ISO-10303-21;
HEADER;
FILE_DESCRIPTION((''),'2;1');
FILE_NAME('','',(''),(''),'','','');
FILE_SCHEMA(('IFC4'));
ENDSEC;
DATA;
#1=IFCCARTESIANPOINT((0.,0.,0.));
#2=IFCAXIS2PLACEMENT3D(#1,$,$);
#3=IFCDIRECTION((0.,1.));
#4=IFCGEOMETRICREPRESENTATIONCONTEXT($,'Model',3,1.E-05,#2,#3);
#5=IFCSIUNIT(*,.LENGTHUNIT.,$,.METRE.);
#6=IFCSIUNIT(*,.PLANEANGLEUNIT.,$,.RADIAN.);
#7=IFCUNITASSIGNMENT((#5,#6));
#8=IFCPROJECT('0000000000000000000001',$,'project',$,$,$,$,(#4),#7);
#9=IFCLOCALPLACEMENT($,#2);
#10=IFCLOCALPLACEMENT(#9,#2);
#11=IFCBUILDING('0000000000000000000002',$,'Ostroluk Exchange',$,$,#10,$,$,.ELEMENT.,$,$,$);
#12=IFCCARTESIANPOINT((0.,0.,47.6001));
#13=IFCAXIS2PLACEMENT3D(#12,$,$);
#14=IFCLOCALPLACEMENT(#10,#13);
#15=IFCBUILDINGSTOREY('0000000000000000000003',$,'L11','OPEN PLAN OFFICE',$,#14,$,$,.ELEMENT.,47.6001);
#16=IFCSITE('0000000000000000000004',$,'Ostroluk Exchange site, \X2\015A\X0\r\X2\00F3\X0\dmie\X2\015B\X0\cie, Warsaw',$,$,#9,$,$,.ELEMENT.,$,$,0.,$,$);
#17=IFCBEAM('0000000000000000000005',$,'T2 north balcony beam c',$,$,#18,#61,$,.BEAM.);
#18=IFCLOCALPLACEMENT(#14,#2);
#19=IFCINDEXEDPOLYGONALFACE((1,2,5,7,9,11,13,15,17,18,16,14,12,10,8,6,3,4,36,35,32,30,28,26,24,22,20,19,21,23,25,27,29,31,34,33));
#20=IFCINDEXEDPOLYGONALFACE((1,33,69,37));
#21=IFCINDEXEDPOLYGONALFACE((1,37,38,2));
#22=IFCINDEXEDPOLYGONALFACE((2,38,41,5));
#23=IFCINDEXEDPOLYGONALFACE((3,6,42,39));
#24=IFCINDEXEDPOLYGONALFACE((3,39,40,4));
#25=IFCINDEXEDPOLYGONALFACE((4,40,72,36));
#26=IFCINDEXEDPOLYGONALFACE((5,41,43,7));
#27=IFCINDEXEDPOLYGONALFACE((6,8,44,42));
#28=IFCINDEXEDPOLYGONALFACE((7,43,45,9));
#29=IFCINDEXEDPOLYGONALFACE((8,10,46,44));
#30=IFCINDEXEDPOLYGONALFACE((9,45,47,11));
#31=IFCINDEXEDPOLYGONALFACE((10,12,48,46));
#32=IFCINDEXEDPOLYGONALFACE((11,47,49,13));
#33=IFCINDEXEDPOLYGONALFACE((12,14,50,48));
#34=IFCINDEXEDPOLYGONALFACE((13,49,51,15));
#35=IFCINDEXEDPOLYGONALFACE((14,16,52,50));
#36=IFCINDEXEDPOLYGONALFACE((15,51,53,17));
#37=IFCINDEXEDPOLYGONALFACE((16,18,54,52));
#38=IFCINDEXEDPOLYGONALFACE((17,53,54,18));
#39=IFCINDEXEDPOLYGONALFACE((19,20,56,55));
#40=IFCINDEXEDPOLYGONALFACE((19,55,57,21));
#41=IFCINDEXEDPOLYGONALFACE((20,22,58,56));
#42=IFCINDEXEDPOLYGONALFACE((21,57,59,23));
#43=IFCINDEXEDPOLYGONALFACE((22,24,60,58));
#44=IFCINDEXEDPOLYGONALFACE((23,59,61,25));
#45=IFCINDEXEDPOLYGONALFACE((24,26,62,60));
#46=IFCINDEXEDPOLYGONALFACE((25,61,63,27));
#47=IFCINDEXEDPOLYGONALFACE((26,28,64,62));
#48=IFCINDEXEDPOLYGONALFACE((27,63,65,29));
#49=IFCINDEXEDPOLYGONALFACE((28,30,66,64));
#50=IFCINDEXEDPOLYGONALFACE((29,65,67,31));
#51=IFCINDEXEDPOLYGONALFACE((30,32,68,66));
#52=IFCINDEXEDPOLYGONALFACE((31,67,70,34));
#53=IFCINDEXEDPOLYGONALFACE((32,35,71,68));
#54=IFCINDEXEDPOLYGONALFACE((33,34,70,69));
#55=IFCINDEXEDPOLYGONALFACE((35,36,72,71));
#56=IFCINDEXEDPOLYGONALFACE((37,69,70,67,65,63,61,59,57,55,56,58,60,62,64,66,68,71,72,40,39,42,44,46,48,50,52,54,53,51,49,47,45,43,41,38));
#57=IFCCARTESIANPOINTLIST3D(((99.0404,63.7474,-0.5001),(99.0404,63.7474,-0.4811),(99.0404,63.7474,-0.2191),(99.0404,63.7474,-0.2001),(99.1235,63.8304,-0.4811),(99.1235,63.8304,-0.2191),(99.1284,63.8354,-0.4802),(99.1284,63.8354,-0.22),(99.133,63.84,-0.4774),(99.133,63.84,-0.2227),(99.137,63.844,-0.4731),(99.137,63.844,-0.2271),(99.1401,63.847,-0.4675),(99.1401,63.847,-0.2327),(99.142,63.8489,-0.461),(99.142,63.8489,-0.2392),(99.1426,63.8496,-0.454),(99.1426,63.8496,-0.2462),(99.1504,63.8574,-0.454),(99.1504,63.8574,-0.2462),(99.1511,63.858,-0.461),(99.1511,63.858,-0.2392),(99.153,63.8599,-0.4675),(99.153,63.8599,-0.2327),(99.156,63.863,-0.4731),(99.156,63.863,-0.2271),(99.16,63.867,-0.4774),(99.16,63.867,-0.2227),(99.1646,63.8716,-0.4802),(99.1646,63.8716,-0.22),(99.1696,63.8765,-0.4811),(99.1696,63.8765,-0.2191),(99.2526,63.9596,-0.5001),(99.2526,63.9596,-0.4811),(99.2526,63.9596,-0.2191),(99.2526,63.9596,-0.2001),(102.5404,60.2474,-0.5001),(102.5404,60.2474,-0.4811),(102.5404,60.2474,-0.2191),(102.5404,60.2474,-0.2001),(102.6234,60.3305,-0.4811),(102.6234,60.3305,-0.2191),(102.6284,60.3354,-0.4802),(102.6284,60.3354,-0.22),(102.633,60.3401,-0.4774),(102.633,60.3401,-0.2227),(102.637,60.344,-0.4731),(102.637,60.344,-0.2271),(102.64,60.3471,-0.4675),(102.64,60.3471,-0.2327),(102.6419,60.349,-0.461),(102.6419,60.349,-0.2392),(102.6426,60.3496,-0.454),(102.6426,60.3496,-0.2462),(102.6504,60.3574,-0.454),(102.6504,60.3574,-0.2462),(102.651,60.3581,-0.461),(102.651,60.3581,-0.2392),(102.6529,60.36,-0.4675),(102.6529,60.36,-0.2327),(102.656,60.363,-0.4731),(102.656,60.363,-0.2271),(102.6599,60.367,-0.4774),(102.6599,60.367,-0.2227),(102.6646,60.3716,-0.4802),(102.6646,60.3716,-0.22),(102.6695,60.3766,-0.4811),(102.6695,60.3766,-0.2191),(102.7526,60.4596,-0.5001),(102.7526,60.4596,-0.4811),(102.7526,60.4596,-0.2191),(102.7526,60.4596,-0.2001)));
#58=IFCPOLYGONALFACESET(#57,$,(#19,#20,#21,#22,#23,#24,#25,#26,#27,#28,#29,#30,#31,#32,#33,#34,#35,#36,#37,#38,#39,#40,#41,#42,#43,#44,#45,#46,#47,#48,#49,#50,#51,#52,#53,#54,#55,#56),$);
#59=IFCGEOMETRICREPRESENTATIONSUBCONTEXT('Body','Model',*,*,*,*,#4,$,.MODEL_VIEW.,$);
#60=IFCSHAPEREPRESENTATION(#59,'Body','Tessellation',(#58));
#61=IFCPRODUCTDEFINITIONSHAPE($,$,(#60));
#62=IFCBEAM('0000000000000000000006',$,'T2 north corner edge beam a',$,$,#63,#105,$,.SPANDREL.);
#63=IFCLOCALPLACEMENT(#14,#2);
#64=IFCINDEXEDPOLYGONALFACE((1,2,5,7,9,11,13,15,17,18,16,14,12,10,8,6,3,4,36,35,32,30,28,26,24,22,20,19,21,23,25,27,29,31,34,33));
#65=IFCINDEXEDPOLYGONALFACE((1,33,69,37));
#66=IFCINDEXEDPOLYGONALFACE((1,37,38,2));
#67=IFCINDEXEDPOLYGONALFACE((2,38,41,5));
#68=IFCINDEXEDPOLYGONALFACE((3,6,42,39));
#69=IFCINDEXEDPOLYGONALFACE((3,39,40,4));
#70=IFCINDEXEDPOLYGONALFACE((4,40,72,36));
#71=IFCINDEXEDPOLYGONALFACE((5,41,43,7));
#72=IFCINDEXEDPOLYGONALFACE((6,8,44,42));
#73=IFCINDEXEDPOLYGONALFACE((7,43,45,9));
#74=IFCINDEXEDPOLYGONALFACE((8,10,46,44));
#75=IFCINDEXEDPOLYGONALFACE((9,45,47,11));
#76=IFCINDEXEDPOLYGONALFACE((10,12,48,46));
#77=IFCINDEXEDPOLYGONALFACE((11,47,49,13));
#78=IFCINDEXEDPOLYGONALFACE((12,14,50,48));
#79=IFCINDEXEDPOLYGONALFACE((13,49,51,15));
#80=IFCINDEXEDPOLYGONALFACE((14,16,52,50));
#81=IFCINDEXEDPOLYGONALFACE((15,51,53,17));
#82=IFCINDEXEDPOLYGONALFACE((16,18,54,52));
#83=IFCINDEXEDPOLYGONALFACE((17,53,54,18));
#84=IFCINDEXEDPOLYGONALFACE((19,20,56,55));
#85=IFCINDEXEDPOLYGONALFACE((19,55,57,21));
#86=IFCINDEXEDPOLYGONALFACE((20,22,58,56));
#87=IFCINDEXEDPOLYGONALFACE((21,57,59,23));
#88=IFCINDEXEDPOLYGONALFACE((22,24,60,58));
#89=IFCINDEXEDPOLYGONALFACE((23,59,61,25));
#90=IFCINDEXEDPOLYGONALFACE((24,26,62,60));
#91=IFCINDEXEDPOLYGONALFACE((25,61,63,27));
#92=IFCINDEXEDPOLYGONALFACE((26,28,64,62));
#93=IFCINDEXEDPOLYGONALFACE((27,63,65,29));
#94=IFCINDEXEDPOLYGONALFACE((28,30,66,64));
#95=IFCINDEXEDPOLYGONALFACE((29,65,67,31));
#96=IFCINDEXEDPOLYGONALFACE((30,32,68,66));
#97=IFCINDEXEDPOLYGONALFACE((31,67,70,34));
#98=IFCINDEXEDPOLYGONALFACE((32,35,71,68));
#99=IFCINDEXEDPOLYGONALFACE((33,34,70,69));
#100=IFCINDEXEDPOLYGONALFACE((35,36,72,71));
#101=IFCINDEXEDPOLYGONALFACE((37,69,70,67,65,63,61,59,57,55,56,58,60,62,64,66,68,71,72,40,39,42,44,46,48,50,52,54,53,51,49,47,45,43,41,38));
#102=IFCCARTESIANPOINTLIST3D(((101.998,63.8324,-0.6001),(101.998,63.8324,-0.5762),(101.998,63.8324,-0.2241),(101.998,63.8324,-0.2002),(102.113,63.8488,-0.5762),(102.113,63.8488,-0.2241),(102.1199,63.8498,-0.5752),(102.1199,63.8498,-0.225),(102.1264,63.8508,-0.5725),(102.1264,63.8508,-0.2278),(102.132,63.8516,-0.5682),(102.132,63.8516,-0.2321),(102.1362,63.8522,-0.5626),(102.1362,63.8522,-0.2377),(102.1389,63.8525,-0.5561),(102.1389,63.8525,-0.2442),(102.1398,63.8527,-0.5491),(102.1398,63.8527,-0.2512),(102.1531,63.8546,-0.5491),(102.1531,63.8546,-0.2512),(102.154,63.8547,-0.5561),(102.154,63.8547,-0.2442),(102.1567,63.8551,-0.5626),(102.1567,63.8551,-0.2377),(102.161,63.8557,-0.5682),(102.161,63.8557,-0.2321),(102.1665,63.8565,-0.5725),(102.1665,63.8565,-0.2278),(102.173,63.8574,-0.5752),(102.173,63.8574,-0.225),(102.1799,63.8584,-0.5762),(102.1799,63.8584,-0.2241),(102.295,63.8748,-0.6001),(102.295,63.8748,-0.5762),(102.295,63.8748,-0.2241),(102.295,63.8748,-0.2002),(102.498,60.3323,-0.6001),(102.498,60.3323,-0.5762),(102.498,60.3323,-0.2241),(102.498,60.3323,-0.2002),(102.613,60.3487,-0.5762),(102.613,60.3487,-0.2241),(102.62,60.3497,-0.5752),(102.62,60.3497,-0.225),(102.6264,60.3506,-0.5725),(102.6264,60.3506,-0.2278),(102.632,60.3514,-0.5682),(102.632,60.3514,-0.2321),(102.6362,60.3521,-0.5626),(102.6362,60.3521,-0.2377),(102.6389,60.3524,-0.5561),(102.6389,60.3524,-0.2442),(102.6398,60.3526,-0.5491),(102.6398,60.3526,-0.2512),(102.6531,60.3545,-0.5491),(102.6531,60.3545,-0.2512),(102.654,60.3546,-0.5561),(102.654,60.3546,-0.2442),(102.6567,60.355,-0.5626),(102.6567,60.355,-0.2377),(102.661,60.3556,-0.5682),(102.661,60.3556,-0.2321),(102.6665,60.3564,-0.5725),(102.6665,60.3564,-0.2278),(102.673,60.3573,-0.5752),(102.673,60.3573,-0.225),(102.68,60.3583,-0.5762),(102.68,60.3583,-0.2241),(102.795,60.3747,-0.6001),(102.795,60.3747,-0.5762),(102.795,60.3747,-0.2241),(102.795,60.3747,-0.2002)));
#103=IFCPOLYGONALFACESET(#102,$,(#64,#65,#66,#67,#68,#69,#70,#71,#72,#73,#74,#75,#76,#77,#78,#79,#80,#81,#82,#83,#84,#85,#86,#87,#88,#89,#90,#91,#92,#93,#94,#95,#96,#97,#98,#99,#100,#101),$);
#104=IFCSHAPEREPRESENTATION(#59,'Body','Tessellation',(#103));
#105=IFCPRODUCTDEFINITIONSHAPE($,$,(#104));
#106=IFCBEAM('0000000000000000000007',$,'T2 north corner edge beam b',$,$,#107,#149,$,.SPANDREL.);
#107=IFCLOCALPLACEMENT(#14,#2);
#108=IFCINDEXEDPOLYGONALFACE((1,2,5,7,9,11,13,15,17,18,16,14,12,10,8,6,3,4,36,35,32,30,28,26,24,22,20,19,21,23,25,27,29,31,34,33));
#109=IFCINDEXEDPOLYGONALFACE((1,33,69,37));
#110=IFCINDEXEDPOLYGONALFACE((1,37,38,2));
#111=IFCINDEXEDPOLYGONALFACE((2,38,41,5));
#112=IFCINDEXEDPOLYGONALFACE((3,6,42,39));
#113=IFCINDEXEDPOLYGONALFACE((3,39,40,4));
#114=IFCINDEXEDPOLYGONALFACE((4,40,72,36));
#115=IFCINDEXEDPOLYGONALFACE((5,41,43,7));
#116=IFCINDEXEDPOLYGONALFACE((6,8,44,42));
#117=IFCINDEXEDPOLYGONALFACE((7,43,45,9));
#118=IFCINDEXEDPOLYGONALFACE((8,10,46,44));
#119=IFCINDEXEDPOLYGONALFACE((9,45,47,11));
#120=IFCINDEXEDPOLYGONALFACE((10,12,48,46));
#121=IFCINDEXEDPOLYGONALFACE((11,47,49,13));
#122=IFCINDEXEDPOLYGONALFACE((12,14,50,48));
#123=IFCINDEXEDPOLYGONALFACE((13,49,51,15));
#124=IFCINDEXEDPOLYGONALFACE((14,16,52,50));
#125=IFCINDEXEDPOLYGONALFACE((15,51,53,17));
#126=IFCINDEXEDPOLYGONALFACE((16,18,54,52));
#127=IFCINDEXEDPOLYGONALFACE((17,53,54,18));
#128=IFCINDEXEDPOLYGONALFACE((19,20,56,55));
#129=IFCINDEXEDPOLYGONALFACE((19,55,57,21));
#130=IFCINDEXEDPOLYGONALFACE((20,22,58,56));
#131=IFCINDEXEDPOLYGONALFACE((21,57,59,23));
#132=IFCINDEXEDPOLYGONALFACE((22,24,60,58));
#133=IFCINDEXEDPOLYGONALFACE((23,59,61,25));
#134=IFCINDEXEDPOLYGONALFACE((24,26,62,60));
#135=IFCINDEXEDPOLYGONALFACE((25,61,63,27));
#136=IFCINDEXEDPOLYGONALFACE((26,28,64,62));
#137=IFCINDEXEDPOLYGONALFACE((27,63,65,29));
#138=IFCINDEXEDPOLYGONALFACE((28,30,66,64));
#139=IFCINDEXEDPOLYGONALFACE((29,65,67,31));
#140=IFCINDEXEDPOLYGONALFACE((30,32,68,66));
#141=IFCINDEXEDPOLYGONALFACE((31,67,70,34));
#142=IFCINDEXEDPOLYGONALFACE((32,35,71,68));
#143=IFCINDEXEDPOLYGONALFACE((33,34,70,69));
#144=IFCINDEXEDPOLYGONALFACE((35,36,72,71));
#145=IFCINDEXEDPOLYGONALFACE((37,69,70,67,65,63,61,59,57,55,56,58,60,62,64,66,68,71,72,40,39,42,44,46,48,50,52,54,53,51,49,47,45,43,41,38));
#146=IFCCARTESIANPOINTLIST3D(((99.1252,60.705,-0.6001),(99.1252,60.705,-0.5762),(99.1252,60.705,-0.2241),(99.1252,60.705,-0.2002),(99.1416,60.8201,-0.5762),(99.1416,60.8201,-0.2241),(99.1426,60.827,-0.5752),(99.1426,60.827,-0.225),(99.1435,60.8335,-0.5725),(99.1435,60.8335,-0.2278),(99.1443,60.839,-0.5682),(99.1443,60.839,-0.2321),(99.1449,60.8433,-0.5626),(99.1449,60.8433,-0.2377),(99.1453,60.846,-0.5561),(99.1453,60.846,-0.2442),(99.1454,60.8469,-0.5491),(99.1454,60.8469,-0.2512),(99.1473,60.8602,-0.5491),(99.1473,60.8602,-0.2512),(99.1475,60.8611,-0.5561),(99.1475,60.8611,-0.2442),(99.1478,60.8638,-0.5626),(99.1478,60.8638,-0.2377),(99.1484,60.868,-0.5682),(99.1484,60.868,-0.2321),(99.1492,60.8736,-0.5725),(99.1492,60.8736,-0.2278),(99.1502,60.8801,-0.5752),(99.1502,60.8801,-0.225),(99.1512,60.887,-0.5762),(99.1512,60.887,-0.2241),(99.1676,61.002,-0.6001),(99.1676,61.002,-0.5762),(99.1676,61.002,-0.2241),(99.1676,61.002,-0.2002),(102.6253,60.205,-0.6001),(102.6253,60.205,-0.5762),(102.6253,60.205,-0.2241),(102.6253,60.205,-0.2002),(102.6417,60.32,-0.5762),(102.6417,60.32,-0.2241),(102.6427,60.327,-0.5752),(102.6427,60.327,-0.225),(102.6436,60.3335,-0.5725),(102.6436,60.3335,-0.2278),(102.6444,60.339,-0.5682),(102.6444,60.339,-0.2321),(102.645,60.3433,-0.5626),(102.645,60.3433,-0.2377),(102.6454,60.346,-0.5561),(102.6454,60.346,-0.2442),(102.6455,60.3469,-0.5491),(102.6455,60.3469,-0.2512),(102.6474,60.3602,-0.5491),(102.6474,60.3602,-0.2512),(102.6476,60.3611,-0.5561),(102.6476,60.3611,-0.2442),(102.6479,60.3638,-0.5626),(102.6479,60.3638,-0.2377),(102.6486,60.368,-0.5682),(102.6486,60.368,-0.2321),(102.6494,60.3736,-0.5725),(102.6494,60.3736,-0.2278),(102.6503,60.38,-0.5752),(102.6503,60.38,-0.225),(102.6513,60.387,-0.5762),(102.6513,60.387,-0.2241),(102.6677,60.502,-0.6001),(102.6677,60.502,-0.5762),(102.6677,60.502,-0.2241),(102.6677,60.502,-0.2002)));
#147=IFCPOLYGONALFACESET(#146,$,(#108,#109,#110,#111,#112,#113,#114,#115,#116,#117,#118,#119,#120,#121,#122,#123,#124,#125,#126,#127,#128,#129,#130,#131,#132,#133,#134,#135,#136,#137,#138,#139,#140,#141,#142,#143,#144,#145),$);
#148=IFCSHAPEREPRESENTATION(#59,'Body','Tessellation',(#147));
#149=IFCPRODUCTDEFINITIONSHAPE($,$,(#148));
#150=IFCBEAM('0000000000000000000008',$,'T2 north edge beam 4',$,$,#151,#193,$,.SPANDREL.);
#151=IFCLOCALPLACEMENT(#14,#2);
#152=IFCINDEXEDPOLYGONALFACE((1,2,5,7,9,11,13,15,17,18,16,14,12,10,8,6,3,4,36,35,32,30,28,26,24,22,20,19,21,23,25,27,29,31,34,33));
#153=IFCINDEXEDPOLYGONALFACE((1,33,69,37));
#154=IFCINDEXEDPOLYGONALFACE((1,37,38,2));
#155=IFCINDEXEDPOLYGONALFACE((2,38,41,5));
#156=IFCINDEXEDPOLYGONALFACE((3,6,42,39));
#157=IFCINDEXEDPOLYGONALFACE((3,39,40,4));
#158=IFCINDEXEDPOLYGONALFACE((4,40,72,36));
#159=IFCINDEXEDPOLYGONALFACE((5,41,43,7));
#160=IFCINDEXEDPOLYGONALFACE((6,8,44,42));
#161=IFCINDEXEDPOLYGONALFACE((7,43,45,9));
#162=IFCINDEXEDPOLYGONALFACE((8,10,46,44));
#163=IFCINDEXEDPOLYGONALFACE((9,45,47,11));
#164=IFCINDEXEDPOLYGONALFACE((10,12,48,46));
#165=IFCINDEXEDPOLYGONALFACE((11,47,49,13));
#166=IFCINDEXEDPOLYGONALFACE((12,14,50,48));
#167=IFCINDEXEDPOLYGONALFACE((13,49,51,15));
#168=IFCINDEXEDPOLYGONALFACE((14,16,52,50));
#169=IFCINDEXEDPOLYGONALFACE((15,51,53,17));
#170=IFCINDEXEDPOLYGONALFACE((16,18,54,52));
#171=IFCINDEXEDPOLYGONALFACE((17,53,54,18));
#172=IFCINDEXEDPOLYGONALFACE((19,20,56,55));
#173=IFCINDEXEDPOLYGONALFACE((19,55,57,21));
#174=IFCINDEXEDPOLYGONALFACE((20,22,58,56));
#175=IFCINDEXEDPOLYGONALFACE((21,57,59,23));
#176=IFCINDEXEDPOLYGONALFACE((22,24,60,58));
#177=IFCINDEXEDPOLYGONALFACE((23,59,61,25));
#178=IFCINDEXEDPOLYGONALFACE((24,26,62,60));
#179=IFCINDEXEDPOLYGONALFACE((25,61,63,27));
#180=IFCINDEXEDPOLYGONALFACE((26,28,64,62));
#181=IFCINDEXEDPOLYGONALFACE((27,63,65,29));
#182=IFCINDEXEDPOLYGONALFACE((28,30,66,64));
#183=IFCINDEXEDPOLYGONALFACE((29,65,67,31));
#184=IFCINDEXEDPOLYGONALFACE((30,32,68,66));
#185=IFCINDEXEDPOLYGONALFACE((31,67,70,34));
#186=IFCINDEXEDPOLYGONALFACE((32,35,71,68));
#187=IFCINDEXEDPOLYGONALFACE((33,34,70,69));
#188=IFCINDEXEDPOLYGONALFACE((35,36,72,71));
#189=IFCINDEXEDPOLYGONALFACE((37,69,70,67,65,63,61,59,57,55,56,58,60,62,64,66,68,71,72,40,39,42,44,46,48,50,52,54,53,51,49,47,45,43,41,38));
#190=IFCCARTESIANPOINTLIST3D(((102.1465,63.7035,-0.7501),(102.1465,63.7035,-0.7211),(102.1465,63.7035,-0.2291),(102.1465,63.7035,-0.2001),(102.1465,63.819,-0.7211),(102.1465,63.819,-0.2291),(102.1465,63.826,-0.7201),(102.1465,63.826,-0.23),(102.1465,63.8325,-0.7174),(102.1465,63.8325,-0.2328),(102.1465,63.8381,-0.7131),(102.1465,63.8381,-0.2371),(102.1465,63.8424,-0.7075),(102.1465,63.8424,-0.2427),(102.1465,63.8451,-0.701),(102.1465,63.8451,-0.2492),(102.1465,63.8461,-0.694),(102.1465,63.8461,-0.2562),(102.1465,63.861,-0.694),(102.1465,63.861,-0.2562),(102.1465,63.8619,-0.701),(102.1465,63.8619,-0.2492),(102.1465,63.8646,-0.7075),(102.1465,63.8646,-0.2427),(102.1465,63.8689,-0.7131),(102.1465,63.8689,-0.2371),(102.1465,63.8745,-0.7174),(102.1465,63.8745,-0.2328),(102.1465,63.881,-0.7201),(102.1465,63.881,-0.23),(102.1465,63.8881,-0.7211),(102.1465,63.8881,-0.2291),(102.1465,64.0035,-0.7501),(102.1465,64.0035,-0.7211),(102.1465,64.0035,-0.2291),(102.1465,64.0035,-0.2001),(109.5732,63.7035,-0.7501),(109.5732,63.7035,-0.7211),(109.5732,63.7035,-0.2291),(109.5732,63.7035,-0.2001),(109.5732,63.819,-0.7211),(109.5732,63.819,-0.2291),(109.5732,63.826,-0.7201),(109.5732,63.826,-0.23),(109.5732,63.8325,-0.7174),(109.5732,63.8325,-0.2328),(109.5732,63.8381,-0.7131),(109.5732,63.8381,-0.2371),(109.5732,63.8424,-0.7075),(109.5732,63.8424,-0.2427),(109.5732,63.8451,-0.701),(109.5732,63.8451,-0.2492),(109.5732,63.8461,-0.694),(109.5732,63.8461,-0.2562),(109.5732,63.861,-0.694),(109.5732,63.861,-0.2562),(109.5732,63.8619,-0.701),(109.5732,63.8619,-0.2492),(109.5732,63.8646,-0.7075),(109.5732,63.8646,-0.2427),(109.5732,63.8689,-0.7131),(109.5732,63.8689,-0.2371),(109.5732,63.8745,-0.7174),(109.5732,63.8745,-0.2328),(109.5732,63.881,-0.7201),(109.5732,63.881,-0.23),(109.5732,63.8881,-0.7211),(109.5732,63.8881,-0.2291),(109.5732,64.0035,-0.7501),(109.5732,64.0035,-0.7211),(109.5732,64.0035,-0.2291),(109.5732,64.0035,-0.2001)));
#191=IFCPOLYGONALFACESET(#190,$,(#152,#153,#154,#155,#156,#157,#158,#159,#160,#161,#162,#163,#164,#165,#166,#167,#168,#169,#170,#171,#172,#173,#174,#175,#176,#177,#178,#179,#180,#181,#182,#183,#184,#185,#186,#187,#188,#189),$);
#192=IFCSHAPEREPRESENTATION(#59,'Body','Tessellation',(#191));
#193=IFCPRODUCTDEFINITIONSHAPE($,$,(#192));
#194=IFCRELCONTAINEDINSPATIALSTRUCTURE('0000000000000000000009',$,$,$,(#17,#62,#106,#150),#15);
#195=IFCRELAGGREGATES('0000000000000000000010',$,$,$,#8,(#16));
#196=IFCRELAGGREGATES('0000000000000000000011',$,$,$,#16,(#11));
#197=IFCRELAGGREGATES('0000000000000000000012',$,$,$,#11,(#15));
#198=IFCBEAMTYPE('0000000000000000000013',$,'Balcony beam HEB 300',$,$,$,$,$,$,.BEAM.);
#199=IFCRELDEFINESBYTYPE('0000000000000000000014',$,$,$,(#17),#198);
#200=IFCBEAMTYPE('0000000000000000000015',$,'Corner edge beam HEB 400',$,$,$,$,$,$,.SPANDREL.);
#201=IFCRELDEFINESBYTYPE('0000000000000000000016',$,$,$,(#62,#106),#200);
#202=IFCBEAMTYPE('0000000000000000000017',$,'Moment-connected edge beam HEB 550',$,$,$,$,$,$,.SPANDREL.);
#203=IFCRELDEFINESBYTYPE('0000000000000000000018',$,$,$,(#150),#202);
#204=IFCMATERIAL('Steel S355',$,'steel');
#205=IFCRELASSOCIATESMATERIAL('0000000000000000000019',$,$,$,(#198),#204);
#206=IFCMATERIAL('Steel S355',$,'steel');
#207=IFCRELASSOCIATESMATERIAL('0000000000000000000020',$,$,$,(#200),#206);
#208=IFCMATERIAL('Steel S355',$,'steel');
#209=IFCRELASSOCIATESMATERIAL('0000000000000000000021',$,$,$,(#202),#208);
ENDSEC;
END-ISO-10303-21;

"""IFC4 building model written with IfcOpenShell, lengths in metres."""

from ifc_helpers import new_model, si_unit, direction, frame, origin, origin_2d, place, context, subcontext, project, spatial, i_section, extrude, material, material_profile, profile_set, type_object, element, save


model = new_model("IFC4")

# Units and contexts
model_context = context("Model", 3, precision=1e-05, world=origin(), true_north=direction((0.0, 1.0)))
body_context = subcontext(model_context, "Body", "Model", "MODEL_VIEW")
ifc_project = project(units=[si_unit("LENGTHUNIT", "METRE"), si_unit("PLANEANGLEUNIT", "RADIAN")], contexts=[model_context])

# Site, building, storey
site_placement = place(None, origin())
site = spatial("IfcSite", under=ifc_project, at=site_placement, Name="Ostroluk Exchange site, Śródmieście, Warsaw", CompositionType="ELEMENT", RefElevation=0.0)
building_placement = place(site_placement, origin())
building = spatial("IfcBuilding", under=site, at=building_placement, Name="Ostroluk Exchange", CompositionType="ELEMENT")
storey_placement = place(building_placement, frame((0.0, 0.0, 47.6001)))
storey = spatial("IfcBuildingStorey", under=building, at=storey_placement, Name="L11", Description="OPEN PLAN OFFICE", CompositionType="ELEMENT", Elevation=47.6001)

# Beams
ifc_material_1 = material(Name="Steel S355", Category="steel")
ifc_material_profile_1 = material_profile(ifc_material_1, i_section(OverallWidth=0.3, OverallDepth=0.3, WebThickness=0.011, FlangeThickness=0.019, FilletRadius=0.0271, at=origin_2d()), Name="HEB 300")
ifc_profile_set_1 = profile_set([ifc_material_profile_1], Name="Steel S355")
beam_type_1 = type_object("IfcBeamType", Name="Balcony beam HEB 300", PredefinedType="BEAM", material=ifc_profile_set_1)
beam_placement = place(storey_placement, frame((102.6465, 60.3535, -0.3501), z_axis=(-0.707107, 0.707107, 0.0), x_axis=(-0.707107, -0.707107, 0.0)))
element("IfcBeam", 1, at=beam_placement, inside=storey, type_object=beam_type_1, Name="T2 north balcony beam c", PredefinedType="BEAM", context=body_context, shape_type="SweptSolid", body=[
    extrude(i_section(OverallWidth=0.3, OverallDepth=0.3, WebThickness=0.011, FlangeThickness=0.019, FilletRadius=0.0271, at=origin_2d()), origin(), (0.0, 0.0, 1.0), 4.9497),
])
ifc_material_2 = material(Name="Steel S355", Category="steel")
ifc_material_profile_2 = material_profile(ifc_material_2, i_section(OverallWidth=0.3, OverallDepth=0.3999, WebThickness=0.0134, FlangeThickness=0.0239, FilletRadius=0.0271, at=origin_2d()), Name="HEB 400")
ifc_profile_set_2 = profile_set([ifc_material_profile_2], Name="Steel S355")
beam_type_2 = type_object("IfcBeamType", Name="Corner edge beam HEB 400", PredefinedType="SPANDREL", material=ifc_profile_set_2)
for number, where, z_axis, x_axis, name in (
    (2, (102.6465, 60.3535, -0.4001), (-0.141421, 0.989949, 0.0), (-0.989949, -0.141421, 0.0), "T2 north corner edge beam a"),
    (3, (102.6465, 60.3535, -0.4001), (-0.989949, 0.141421, 0.0), (-0.141421, -0.989949, 0.0), "T2 north corner edge beam b"),
):
    element("IfcBeam", number, at=place(storey_placement, frame(where, z_axis=z_axis, x_axis=x_axis)), inside=storey, type_object=beam_type_2, Name=name, PredefinedType="SPANDREL", context=body_context, shape_type="SweptSolid", body=[
        extrude(i_section(OverallWidth=0.3, OverallDepth=0.3999, WebThickness=0.0134, FlangeThickness=0.0239, FilletRadius=0.0271, at=origin_2d()), origin(), (0.0, 0.0, 1.0), 3.5356),
    ])
ifc_material_3 = material(Name="Steel S355", Category="steel")
ifc_material_profile_3 = material_profile(ifc_material_3, i_section(OverallWidth=0.3, OverallDepth=0.55, WebThickness=0.0149, FlangeThickness=0.0291, FilletRadius=0.0271, at=origin_2d()), Name="HEB 550")
ifc_profile_set_3 = profile_set([ifc_material_profile_3], Name="Steel S355")
beam_type_3 = type_object("IfcBeamType", Name="Moment-connected edge beam HEB 550", PredefinedType="SPANDREL", material=ifc_profile_set_3)
for number, where, z_axis, x_axis, name in (
    (4, (109.5732, 63.8535, -0.4751), (-1.0, 0.0, 0.0), (0.0, -1.0, 0.0), "T2 north edge beam 4"),
):
    element("IfcBeam", number, at=place(storey_placement, frame(where, z_axis=z_axis, x_axis=x_axis)), inside=storey, type_object=beam_type_3, Name=name, PredefinedType="SPANDREL", context=body_context, shape_type="SweptSolid", body=[
        extrude(i_section(OverallWidth=0.3, OverallDepth=0.55, WebThickness=0.0149, FlangeThickness=0.0291, FilletRadius=0.0271, at=origin_2d()), origin(), (0.0, 0.0, 1.0), 7.4268),
    ])

save(model, "model.ifc")
